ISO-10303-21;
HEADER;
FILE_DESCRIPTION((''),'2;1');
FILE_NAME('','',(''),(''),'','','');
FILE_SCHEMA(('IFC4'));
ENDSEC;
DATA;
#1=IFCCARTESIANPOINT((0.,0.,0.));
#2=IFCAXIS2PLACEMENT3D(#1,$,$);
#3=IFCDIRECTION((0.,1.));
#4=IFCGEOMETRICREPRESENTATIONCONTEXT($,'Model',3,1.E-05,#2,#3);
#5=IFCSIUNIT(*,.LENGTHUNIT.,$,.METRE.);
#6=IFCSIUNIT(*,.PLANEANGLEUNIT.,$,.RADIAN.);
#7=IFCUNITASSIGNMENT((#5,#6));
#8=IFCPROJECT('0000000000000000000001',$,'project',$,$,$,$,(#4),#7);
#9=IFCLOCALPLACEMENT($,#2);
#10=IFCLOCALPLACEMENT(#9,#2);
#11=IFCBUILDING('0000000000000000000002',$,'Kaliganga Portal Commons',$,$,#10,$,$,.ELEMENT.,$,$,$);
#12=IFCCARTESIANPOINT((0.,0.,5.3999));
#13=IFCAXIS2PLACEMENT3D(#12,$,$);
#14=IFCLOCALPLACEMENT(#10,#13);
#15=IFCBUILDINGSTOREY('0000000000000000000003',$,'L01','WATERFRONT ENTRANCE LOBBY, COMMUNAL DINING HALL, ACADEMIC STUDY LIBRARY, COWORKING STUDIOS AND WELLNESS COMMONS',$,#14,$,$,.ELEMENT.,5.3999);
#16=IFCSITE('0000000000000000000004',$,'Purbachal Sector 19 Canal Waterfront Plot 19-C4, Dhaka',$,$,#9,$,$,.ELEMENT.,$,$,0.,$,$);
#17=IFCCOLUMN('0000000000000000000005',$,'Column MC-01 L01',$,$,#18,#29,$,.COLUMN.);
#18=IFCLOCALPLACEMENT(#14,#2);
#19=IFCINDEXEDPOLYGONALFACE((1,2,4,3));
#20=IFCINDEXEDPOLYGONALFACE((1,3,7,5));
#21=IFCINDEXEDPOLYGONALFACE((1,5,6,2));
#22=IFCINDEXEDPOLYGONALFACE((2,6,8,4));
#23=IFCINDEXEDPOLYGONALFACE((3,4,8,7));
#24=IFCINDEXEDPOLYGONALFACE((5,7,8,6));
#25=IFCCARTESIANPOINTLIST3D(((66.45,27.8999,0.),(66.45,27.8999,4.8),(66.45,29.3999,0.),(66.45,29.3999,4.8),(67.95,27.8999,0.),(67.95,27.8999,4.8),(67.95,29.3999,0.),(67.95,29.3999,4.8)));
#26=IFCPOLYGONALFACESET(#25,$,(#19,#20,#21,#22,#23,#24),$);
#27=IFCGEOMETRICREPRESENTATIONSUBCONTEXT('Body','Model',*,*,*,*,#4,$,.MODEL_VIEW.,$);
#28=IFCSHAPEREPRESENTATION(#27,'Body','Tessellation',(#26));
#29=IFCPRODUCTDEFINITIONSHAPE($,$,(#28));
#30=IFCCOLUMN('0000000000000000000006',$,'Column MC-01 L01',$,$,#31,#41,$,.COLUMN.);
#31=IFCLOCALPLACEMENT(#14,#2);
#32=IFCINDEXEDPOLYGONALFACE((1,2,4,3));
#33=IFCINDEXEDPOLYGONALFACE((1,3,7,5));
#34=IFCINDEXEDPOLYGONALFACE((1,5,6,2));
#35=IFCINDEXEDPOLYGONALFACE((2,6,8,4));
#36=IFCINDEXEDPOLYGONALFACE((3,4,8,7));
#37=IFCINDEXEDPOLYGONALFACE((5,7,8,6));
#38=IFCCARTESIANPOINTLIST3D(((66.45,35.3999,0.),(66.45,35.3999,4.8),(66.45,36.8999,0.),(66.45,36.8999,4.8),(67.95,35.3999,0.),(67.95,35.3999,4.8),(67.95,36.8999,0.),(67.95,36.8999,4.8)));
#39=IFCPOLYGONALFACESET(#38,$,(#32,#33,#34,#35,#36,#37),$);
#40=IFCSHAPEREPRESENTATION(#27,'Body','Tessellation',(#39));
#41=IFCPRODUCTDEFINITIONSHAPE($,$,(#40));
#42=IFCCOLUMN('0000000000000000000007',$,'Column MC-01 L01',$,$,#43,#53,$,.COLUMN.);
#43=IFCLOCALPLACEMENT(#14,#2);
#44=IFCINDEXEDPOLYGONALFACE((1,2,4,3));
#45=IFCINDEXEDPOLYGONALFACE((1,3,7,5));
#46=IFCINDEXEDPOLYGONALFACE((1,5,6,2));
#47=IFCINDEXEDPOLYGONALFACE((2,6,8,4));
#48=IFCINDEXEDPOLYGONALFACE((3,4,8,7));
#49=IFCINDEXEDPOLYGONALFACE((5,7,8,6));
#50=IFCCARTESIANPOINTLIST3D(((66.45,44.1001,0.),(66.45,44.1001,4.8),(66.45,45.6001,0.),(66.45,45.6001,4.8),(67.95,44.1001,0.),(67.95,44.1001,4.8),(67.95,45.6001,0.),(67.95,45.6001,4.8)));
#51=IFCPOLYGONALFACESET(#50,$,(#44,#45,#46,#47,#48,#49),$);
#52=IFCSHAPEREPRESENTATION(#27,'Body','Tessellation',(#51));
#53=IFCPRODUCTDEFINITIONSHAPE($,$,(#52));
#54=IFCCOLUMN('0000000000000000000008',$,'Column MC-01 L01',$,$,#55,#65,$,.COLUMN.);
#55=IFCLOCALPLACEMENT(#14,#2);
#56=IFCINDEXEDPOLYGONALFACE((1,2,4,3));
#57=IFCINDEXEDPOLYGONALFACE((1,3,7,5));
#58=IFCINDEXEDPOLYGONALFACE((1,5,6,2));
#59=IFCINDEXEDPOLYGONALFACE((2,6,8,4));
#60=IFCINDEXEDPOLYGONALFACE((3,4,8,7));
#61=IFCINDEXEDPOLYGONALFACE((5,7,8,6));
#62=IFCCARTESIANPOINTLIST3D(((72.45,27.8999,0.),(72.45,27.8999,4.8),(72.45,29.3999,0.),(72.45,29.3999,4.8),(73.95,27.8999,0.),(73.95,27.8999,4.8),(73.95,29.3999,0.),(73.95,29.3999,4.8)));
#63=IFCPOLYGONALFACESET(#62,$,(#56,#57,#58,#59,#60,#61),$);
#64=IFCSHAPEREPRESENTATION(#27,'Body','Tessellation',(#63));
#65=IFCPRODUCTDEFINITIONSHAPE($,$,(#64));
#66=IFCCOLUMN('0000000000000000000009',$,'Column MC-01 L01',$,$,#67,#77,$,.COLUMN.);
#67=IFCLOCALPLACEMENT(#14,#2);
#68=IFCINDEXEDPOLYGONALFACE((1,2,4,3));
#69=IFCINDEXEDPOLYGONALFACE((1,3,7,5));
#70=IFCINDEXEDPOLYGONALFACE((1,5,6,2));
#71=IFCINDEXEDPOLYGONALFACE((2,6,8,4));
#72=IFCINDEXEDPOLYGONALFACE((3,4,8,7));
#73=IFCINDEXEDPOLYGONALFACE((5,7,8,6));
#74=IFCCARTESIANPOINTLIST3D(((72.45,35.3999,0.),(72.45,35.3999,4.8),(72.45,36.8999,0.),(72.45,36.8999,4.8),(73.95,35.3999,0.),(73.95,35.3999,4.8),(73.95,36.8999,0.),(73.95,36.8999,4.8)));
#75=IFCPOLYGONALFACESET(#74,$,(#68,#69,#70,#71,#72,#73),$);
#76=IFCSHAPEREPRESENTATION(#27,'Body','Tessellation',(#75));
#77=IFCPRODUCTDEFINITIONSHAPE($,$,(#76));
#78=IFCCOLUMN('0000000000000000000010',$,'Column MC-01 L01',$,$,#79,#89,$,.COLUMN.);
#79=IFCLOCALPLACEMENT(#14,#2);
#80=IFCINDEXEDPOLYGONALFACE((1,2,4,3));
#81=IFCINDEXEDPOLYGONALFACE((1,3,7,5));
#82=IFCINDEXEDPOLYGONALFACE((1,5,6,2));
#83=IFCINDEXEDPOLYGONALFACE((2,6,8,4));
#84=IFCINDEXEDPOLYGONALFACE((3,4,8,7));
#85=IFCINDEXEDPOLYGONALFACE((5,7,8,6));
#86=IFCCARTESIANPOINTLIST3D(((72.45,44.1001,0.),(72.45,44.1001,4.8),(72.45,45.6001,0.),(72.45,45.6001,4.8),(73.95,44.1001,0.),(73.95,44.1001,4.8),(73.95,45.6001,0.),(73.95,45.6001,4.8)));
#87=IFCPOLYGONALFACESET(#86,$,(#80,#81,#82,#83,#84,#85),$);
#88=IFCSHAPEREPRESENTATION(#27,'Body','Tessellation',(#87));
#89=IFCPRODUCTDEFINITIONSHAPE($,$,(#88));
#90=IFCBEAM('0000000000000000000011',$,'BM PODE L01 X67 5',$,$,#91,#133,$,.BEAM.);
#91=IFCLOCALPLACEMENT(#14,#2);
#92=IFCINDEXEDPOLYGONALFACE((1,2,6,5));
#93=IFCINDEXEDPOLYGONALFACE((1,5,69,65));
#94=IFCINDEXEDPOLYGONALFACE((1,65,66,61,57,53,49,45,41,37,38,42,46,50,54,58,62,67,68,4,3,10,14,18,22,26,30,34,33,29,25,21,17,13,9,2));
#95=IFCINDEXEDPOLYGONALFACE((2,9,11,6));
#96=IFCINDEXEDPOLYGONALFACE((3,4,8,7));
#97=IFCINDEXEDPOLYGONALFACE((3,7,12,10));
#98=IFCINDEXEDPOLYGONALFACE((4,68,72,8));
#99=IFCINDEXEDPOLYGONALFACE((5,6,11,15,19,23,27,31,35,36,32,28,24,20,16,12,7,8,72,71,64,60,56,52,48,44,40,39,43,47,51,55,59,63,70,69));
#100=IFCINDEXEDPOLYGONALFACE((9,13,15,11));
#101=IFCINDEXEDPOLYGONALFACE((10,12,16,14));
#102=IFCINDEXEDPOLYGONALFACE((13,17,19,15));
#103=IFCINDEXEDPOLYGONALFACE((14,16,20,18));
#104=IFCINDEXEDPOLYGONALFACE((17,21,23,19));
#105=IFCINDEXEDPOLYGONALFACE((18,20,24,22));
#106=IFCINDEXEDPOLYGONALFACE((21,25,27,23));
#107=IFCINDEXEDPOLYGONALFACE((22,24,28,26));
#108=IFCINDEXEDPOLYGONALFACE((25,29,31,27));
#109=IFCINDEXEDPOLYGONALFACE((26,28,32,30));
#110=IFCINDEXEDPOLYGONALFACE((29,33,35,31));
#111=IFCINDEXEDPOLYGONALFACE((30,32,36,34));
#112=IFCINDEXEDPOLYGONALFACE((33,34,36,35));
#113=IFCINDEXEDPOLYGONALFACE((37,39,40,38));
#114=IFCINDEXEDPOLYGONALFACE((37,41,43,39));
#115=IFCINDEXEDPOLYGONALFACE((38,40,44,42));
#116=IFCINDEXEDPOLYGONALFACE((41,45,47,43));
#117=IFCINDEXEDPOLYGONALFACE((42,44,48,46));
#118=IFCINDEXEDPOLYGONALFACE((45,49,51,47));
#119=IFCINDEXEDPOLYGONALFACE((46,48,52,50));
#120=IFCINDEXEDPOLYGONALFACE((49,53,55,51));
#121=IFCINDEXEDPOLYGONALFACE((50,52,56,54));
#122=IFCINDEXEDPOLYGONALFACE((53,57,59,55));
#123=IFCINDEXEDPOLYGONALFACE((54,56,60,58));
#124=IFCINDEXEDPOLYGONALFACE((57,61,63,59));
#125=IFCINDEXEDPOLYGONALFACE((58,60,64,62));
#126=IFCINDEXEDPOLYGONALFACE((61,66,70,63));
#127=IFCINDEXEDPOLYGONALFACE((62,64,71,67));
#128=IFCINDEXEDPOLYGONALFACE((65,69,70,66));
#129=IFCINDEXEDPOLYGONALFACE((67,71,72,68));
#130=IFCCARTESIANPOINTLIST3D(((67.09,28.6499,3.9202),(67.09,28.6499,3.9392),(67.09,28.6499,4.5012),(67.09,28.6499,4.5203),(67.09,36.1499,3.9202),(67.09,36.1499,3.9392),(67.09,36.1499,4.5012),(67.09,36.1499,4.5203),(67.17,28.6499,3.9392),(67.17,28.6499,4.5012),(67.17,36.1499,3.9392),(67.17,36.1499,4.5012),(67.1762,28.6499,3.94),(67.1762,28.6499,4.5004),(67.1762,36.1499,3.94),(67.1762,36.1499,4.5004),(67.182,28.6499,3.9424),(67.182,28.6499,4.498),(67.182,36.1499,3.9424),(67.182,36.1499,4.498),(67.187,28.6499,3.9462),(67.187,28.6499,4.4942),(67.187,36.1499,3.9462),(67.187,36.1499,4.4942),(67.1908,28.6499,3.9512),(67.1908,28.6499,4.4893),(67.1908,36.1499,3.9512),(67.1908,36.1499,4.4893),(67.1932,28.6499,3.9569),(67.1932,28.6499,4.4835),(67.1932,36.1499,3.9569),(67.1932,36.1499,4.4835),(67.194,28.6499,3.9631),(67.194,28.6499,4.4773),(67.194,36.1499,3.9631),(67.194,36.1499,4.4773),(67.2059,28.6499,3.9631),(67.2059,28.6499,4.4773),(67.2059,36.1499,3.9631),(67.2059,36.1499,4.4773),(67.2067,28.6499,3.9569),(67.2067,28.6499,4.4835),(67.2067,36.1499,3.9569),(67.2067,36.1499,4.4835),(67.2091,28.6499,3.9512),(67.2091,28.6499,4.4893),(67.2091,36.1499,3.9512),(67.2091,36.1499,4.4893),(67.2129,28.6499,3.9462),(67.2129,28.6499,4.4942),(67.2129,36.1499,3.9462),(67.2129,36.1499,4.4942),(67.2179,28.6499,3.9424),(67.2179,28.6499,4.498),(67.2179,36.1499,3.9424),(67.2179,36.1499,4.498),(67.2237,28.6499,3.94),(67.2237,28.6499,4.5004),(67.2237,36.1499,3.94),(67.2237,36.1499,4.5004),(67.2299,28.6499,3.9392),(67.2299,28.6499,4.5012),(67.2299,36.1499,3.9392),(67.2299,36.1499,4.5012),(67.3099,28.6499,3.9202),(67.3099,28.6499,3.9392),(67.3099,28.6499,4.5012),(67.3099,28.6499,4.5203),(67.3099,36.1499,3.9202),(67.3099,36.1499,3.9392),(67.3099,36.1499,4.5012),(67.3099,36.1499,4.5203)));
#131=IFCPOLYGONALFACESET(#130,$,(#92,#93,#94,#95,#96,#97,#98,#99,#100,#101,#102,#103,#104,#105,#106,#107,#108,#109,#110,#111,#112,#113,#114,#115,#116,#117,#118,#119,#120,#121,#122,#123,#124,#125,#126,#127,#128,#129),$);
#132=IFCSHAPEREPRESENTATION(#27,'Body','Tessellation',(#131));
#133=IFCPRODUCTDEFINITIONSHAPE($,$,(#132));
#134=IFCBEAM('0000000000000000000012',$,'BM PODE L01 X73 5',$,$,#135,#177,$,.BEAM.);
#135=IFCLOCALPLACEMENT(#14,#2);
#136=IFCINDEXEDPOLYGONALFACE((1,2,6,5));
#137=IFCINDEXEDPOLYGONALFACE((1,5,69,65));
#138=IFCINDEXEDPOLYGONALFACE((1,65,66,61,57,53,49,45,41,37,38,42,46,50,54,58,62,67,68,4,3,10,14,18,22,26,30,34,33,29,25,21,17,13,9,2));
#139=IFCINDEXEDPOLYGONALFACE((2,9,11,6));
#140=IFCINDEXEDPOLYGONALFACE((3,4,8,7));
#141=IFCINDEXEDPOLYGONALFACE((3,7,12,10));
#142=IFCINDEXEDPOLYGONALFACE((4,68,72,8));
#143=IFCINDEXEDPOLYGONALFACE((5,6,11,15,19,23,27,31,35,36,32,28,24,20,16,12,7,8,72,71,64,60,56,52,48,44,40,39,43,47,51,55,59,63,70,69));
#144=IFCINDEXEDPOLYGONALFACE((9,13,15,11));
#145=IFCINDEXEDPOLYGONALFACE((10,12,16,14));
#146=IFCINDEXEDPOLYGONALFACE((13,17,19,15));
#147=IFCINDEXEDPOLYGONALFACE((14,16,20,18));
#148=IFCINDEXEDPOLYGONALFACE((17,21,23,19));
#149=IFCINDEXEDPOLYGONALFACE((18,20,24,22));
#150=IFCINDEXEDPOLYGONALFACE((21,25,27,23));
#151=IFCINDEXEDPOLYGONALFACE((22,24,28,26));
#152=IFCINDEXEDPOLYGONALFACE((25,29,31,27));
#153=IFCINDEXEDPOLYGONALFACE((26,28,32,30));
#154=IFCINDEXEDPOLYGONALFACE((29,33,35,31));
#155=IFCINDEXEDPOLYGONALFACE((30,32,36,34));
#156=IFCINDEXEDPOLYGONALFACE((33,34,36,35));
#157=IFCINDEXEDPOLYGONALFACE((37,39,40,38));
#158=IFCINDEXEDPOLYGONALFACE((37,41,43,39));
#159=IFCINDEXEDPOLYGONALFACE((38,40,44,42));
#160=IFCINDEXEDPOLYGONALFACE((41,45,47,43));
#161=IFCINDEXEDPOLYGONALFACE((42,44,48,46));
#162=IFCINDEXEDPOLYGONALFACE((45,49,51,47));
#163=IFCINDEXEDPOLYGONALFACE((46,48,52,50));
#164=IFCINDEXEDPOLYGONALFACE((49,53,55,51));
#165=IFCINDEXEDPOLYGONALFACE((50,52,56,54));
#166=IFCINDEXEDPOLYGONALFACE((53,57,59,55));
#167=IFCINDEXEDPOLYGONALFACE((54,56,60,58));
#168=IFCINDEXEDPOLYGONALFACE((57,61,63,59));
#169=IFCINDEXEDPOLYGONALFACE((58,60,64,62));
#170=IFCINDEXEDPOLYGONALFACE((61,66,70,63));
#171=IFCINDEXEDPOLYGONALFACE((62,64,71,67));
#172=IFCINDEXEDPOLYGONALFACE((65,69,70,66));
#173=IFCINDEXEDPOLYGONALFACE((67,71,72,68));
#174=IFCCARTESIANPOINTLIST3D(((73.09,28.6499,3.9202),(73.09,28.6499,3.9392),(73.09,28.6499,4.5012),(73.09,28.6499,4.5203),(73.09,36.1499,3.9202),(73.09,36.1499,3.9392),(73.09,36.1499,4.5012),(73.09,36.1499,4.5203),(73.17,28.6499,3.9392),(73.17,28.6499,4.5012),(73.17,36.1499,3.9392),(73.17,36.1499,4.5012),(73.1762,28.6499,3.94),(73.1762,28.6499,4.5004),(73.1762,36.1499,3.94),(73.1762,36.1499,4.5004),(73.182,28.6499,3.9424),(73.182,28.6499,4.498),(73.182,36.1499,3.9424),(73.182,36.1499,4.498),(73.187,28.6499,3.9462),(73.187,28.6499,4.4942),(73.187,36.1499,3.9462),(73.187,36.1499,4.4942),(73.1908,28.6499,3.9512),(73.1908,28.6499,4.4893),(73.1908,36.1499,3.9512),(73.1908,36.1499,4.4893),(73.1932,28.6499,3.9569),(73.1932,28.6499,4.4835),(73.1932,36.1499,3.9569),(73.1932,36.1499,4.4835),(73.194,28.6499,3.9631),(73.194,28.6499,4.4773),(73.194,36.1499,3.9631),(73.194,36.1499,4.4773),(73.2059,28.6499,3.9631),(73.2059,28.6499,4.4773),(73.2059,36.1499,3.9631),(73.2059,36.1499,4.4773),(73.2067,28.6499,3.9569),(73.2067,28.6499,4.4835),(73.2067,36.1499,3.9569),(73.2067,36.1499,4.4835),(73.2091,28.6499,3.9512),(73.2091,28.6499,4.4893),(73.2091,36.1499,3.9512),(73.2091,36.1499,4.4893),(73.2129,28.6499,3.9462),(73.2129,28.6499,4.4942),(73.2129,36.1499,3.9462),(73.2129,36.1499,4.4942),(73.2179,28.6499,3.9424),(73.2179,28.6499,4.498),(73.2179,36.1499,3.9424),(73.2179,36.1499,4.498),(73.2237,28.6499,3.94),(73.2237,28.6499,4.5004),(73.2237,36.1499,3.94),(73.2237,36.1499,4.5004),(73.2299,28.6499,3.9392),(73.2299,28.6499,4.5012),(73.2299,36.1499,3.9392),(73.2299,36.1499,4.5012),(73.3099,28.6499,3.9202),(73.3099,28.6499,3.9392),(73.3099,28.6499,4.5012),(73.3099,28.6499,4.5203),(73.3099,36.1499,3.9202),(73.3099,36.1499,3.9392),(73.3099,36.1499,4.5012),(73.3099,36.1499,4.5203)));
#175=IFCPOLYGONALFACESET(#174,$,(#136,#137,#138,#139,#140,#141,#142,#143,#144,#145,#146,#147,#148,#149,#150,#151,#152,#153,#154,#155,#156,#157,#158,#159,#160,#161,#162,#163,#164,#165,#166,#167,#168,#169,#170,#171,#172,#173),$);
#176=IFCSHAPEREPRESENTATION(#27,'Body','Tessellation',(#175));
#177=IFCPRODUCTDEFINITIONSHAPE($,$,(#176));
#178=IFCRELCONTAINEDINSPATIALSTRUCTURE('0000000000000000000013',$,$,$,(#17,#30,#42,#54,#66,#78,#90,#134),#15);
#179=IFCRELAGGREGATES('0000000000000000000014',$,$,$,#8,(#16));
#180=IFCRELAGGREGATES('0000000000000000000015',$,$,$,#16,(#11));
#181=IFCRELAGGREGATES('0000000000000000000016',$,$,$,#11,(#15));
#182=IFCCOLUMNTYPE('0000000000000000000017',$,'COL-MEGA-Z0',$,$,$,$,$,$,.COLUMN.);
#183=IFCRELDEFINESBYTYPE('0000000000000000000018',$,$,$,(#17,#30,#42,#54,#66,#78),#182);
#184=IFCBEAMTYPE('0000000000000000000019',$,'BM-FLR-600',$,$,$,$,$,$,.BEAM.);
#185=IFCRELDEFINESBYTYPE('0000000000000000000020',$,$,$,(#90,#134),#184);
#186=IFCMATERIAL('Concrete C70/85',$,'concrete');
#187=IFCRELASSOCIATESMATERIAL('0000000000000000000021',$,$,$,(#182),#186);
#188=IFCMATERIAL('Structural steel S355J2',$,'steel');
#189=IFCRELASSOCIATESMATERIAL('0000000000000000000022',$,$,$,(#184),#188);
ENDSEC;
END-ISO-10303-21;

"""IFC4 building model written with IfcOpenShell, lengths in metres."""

from ifc_helpers import new_model, si_unit, direction, frame, origin, origin_2d, place, context, subcontext, project, spatial, rectangle, i_section, extrude, source, transform, mapped, material, material_profile, profile_set, type_object, element, save


model = new_model("IFC4")

# Units and contexts
model_context = context("Model", 3, precision=1e-05, world=origin(), true_north=direction((0.0, 1.0)))
body_context = subcontext(model_context, "Body", "Model", "MODEL_VIEW")
ifc_project = project(units=[si_unit("LENGTHUNIT", "METRE"), si_unit("PLANEANGLEUNIT", "RADIAN")], contexts=[model_context])

# Site, building, storey
site_placement = place(None, origin())
site = spatial("IfcSite", under=ifc_project, at=site_placement, Name="Purbachal Sector 19 Canal Waterfront Plot 19-C4, Dhaka", CompositionType="ELEMENT", RefElevation=0.0)
building_placement = place(site_placement, origin())
building = spatial("IfcBuilding", under=site, at=building_placement, Name="Kaliganga Portal Commons", CompositionType="ELEMENT")
storey_placement = place(building_placement, frame((0.0, 0.0, 5.3999)))
storey = spatial("IfcBuildingStorey", under=building, at=storey_placement, Name="L01", Description="WATERFRONT ENTRANCE LOBBY, COMMUNAL DINING HALL, ACADEMIC STUDY LIBRARY, COWORKING STUDIOS AND WELLNESS COMMONS", CompositionType="ELEMENT", Elevation=5.3999)

# Columns
ifc_material_1 = material(Name="Concrete C70/85", Category="concrete")
ifc_material_profile_1 = material_profile(ifc_material_1, rectangle(XDim=1.5, YDim=1.5, at=origin_2d()), Name="RC 1500x1500")
ifc_profile_set_1 = profile_set([ifc_material_profile_1], Name="Concrete C70/85")
column_type = type_object("IfcColumnType", Name="COL-MEGA-Z0", PredefinedType="COLUMN", material=ifc_profile_set_1)
shared_shape_1 = source(origin(), body_context, "Body", "SweptSolid", [
    extrude(rectangle(XDim=1.5, YDim=1.5, at=origin_2d()), origin(), (0.0, 0.0, 1.0), 4.8),
])
for number, where, z_axis, x_axis, name in (
    (1, (67.2, 28.6499, 0.0), (0.0, 0.0, 1.0), (1.0, 0.0, 0.0), "Column MC-01 L01"),
    (2, (67.2, 36.1499, 0.0), (0.0, 0.0, 1.0), (1.0, 0.0, 0.0), "Column MC-01 L01"),
    (3, (67.2, 44.8501, 0.0), (0.0, 0.0, 1.0), (1.0, 0.0, 0.0), "Column MC-01 L01"),
    (4, (73.2, 28.6499, 0.0), (0.0, 0.0, 1.0), (1.0, 0.0, 0.0), "Column MC-01 L01"),
    (5, (73.2, 36.1499, 0.0), (0.0, 0.0, 1.0), (1.0, 0.0, 0.0), "Column MC-01 L01"),
    (6, (73.2, 44.8501, 0.0), (0.0, 0.0, 1.0), (1.0, 0.0, 0.0), "Column MC-01 L01"),
):
    element("IfcColumn", number, at=place(storey_placement, frame(where, z_axis=z_axis, x_axis=x_axis)), inside=storey, type_object=column_type, Name=name, PredefinedType="COLUMN", context=body_context, shape_type="MappedRepresentation", body=[
        mapped(shared_shape_1, transform((0.0, 0.0, 0.0), x_axis=(1.0, 0.0, 0.0), y_axis=(0.0, 1.0, 0.0), z_axis=(0.0, 0.0, 1.0), scale=1.0)),
    ])

# Beams
ifc_material_2 = material(Name="Structural steel S355J2", Category="steel")
ifc_material_profile_2 = material_profile(ifc_material_2, i_section(OverallWidth=0.22, OverallDepth=0.6001, WebThickness=0.012, FlangeThickness=0.019, FilletRadius=0.0239, at=origin_2d()), Name="IPE 600")
ifc_profile_set_2 = profile_set([ifc_material_profile_2], Name="Structural steel S355J2 wide-flange")
beam_type_1 = type_object("IfcBeamType", Name="BM-FLR-600", PredefinedType="BEAM", material=ifc_profile_set_2)
shared_shape_2 = source(origin(), body_context, "Body", "SweptSolid", [
    extrude(i_section(OverallWidth=0.22, OverallDepth=0.6001, WebThickness=0.012, FlangeThickness=0.019, FilletRadius=0.0239, at=origin_2d()), origin(), (0.0, 0.0, 1.0), 7.5),
])
for number, where, z_axis, x_axis, name in (
    (7, (67.2, 28.6499, 4.2202), (0.0, 1.0, 0.0), (-1.0, 0.0, 0.0), "BM PODE L01 X67 5"),
    (8, (73.2, 28.6499, 4.2202), (0.0, 1.0, 0.0), (-1.0, 0.0, 0.0), "BM PODE L01 X73 5"),
):
    element("IfcBeam", number, at=place(storey_placement, frame(where, z_axis=z_axis, x_axis=x_axis)), inside=storey, type_object=beam_type_1, Name=name, PredefinedType="BEAM", context=body_context, shape_type="MappedRepresentation", body=[
        mapped(shared_shape_2, transform((0.0, 0.0, 0.0), x_axis=(1.0, 0.0, 0.0), y_axis=(0.0, 1.0, 0.0), z_axis=(0.0, 0.0, 1.0), scale=1.0)),
    ])

save(model, "model.ifc")
